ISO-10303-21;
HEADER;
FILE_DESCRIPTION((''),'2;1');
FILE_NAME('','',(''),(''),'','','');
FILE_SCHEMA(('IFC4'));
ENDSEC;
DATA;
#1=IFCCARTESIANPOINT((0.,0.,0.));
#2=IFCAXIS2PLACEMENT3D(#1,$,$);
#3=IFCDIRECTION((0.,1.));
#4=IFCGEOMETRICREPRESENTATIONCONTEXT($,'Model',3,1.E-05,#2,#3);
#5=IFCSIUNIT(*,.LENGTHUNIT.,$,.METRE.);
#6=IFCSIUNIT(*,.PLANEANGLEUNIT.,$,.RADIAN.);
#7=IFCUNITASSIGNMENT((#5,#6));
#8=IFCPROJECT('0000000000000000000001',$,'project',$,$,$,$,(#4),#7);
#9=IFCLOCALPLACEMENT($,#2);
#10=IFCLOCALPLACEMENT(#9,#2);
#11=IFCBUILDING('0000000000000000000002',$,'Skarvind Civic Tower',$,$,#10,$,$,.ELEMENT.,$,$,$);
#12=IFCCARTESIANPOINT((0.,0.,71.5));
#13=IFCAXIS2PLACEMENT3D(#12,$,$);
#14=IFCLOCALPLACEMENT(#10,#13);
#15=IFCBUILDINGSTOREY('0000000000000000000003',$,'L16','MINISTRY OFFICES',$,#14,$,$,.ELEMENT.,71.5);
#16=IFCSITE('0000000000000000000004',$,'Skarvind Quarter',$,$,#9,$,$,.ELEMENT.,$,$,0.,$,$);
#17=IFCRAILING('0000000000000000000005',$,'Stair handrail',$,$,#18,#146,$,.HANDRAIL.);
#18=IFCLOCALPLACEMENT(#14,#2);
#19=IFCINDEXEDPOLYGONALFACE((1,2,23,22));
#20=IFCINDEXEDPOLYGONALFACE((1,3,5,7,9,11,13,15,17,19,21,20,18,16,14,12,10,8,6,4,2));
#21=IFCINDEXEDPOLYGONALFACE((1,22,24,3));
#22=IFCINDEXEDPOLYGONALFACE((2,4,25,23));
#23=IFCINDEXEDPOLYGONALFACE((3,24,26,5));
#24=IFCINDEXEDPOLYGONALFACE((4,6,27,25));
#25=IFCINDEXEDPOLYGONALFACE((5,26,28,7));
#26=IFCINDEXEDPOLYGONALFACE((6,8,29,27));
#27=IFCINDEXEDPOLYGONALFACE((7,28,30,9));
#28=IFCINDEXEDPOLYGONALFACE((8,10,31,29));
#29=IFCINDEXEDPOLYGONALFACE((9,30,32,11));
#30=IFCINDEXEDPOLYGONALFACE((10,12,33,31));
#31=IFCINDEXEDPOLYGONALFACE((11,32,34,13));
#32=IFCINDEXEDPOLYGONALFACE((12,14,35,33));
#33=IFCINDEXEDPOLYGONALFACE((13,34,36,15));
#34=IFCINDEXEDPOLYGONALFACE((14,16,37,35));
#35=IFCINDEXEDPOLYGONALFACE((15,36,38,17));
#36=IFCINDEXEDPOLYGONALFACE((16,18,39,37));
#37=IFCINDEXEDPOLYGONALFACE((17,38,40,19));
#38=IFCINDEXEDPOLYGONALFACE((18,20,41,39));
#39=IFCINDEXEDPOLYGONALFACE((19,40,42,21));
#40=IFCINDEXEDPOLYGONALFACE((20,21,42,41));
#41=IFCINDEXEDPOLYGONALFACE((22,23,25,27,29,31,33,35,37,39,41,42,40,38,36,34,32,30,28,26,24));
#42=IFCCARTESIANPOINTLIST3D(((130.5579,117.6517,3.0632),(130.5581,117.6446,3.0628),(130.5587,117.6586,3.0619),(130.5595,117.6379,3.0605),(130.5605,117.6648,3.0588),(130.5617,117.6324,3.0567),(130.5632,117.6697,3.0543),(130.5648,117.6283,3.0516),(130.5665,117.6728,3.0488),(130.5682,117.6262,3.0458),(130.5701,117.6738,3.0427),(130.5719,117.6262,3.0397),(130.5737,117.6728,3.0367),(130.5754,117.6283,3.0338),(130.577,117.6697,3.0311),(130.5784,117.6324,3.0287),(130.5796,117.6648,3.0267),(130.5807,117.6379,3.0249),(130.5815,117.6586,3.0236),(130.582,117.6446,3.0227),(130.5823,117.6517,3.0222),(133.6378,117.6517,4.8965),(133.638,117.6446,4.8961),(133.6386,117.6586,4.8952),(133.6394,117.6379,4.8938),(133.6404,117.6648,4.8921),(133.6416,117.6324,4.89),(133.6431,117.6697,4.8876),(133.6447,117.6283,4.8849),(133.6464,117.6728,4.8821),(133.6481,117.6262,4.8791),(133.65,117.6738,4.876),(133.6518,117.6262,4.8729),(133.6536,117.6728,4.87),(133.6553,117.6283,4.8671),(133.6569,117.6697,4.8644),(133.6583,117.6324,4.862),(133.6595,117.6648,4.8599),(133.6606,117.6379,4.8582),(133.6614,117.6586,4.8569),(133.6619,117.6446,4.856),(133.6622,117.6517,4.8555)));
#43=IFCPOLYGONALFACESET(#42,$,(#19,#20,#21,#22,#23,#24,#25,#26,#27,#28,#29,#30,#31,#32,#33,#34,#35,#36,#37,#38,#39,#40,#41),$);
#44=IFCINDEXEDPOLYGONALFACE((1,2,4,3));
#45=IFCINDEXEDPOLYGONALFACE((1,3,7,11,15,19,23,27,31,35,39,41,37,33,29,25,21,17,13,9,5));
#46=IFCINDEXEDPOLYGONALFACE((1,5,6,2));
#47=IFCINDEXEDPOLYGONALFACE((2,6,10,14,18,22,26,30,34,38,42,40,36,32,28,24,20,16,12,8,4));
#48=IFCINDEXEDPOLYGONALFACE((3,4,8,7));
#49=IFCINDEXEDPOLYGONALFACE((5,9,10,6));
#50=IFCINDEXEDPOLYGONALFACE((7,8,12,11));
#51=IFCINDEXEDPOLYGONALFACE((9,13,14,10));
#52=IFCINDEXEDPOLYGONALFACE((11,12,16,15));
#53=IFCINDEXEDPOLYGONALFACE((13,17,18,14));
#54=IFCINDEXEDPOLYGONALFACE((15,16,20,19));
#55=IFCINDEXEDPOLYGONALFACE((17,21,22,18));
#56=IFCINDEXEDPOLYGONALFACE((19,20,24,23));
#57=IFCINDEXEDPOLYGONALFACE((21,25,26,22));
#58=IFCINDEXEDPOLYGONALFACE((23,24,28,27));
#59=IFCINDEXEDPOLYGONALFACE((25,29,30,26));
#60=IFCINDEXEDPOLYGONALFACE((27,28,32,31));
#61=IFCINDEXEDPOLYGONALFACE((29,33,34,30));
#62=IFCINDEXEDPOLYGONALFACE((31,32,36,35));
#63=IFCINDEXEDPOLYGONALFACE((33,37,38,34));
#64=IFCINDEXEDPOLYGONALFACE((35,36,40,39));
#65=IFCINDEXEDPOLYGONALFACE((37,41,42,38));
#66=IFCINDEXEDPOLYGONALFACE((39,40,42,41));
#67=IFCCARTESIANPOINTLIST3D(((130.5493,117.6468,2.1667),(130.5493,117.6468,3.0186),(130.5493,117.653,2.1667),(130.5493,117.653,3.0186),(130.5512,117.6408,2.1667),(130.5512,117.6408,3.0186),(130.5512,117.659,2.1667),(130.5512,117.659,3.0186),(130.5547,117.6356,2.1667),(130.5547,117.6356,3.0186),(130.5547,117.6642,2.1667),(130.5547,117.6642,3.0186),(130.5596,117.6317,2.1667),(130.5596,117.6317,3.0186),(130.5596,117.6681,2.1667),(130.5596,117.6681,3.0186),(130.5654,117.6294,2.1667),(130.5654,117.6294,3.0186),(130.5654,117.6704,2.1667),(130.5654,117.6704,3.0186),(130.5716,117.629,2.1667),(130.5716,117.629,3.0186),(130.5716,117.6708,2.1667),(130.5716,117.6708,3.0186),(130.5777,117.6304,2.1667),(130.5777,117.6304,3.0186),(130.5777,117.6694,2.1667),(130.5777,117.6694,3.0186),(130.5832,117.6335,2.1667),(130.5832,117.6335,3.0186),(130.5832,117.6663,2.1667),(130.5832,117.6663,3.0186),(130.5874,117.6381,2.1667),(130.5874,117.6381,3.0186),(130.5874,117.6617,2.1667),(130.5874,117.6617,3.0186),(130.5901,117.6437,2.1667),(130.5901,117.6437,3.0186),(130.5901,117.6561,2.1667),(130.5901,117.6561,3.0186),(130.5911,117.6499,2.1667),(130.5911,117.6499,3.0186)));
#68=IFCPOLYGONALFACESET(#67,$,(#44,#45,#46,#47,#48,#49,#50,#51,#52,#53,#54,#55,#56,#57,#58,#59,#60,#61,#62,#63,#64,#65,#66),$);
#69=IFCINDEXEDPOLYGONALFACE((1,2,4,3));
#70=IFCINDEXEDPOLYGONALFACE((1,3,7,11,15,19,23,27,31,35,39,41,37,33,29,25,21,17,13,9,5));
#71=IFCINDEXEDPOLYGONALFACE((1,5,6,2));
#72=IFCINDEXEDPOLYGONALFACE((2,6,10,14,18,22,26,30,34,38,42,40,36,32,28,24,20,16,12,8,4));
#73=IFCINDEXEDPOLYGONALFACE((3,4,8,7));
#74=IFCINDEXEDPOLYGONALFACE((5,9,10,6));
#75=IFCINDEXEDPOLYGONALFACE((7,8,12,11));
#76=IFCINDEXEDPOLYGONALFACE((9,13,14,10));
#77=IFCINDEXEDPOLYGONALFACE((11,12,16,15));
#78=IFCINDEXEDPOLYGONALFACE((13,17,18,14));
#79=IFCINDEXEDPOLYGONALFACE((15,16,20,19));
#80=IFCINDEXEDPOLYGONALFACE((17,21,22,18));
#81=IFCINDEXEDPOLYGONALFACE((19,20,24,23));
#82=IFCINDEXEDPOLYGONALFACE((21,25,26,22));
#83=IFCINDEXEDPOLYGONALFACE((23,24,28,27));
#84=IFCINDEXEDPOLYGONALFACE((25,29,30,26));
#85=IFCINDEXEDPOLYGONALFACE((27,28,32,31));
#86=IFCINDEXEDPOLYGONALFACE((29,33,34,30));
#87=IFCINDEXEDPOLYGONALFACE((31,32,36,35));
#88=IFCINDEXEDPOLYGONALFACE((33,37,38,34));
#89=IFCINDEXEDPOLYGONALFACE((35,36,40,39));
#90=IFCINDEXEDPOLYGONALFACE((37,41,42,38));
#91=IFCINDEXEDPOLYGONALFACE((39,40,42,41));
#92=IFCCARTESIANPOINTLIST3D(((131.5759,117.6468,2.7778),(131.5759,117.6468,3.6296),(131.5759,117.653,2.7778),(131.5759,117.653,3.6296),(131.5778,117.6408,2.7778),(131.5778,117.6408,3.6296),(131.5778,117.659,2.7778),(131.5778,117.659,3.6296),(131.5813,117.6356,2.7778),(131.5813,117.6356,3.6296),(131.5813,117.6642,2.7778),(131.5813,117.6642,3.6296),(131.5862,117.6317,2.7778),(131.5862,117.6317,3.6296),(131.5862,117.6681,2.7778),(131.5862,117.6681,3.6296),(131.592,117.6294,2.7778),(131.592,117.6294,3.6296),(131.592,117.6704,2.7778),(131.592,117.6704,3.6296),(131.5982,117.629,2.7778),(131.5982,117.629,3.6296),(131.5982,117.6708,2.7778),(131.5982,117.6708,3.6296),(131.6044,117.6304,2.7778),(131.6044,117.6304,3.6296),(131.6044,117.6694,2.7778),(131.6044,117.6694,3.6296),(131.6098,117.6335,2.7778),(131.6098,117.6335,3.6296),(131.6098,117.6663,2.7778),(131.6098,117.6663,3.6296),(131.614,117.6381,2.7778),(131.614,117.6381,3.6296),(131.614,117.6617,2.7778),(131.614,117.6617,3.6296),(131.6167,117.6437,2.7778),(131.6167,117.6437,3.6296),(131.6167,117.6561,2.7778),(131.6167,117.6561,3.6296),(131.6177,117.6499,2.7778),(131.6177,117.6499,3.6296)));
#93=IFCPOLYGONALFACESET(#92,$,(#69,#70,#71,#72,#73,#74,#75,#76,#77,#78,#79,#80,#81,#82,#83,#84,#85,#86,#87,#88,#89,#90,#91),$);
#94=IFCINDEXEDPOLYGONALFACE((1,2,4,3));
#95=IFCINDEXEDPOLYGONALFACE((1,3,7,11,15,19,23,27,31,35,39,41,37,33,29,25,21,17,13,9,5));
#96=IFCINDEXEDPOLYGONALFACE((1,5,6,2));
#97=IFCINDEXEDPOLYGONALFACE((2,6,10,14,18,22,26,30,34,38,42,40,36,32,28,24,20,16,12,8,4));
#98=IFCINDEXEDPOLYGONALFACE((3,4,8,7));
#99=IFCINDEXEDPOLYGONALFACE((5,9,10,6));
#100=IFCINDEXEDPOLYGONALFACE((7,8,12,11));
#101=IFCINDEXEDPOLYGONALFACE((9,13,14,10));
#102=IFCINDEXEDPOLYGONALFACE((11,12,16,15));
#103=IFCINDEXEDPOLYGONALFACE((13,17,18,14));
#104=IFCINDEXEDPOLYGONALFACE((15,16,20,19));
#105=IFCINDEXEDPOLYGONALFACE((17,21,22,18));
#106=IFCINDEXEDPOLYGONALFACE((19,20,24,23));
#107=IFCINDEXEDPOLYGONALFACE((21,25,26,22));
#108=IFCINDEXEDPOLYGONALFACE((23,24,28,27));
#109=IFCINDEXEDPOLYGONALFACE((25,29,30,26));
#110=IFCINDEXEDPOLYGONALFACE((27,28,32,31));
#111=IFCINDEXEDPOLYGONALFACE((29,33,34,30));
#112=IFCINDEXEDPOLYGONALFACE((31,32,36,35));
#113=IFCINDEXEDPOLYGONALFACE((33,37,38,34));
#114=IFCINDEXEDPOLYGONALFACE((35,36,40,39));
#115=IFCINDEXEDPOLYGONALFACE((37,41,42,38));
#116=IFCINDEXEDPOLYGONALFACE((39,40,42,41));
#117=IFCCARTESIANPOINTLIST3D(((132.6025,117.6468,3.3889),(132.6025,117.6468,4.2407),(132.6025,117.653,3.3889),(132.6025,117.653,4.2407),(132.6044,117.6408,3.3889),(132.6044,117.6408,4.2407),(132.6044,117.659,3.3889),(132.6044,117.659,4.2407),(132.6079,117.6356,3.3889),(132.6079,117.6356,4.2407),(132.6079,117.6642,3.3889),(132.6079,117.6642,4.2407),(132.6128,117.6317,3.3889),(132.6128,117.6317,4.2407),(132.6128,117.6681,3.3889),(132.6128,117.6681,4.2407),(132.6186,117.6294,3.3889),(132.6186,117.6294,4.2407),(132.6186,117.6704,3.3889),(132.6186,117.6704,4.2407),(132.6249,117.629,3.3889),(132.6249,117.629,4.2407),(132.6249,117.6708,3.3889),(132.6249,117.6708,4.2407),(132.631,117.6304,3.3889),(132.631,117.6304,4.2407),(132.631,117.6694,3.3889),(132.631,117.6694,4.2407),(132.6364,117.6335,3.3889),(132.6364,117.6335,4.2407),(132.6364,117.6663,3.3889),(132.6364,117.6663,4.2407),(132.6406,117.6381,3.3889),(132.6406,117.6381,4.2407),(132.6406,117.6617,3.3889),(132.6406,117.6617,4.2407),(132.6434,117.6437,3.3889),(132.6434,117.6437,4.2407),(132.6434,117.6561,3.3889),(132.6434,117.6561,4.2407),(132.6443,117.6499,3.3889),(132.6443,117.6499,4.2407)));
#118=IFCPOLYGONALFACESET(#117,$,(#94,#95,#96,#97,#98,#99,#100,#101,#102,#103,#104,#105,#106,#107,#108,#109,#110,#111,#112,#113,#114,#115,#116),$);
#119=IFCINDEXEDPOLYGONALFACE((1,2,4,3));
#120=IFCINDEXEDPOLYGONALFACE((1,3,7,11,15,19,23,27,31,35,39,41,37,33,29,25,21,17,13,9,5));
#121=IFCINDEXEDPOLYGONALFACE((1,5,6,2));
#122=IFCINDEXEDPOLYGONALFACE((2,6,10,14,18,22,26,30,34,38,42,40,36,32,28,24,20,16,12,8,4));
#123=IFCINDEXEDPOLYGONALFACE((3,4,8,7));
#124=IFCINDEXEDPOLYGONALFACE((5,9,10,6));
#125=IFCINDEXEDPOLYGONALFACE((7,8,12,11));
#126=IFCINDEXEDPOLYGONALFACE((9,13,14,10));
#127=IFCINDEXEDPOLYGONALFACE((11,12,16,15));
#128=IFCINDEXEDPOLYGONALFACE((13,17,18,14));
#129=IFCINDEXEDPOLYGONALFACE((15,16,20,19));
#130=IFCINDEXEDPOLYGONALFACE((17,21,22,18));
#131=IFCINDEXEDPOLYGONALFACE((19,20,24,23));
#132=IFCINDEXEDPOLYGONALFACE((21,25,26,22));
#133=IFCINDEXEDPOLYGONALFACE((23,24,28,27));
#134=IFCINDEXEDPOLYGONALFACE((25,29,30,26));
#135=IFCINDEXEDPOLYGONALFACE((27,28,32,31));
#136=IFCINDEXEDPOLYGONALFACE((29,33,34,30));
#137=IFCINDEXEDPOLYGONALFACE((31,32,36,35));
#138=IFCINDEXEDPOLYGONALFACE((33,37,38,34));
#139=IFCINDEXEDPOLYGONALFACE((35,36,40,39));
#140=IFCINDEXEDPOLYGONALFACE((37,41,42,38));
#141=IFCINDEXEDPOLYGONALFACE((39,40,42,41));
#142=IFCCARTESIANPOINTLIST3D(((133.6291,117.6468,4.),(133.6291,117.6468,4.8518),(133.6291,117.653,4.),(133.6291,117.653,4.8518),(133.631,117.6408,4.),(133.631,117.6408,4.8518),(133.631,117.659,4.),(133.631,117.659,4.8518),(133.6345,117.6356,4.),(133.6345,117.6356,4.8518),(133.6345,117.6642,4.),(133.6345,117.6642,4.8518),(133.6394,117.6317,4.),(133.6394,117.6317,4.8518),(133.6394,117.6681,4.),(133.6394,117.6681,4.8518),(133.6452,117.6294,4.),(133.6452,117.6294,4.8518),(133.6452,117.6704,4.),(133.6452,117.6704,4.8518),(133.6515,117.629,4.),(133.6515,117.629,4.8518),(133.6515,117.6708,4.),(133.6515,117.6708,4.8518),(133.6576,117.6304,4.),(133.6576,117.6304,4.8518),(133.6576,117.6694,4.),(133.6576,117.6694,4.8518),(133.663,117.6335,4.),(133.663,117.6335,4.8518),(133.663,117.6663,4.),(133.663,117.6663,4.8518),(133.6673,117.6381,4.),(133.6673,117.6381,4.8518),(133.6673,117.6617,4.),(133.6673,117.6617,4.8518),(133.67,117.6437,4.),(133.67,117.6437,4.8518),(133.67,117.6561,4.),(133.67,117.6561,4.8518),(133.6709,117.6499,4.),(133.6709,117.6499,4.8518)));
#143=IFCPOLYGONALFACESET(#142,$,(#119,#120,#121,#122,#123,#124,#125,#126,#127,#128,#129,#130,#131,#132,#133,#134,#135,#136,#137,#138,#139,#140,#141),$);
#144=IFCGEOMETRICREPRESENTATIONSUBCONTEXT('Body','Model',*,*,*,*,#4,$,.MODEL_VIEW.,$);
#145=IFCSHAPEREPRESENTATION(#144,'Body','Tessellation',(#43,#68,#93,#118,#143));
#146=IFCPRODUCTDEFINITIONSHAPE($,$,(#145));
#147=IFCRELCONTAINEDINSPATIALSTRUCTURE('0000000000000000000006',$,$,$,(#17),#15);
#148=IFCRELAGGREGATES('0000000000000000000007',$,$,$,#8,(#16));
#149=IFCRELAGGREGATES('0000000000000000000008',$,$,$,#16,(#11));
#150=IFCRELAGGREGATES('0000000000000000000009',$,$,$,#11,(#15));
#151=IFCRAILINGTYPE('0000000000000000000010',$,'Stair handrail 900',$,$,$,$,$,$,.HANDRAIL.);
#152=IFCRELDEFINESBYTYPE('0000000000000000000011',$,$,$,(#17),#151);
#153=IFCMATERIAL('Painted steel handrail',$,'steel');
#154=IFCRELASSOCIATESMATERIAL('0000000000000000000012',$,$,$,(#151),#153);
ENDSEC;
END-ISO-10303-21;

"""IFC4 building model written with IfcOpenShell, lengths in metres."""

from ifc_helpers import new_model, si_unit, direction, frame, origin, origin_2d, place, context, subcontext, project, spatial, circle, extrude, material, type_object, element, save


model = new_model("IFC4")

# Units and contexts
model_context = context("Model", 3, precision=1e-05, world=origin(), true_north=direction((0.0, 1.0)))
body_context = subcontext(model_context, "Body", "Model", "MODEL_VIEW")
ifc_project = project(units=[si_unit("LENGTHUNIT", "METRE"), si_unit("PLANEANGLEUNIT", "RADIAN")], contexts=[model_context])

# Site, building, storey
site_placement = place(None, origin())
site = spatial("IfcSite", under=ifc_project, at=site_placement, Name="Skarvind Quarter", CompositionType="ELEMENT", RefElevation=0.0)
building_placement = place(site_placement, origin())
building = spatial("IfcBuilding", under=site, at=building_placement, Name="Skarvind Civic Tower", CompositionType="ELEMENT")
storey_placement = place(building_placement, frame((0.0, 0.0, 71.5)))
storey = spatial("IfcBuildingStorey", under=building, at=storey_placement, Name="L16", Description="MINISTRY OFFICES", CompositionType="ELEMENT", Elevation=71.5)

# Railing
ifc_material_1 = material(Name="Painted steel handrail", Category="steel")
railing_type = type_object("IfcRailingType", Name="Stair handrail 900", PredefinedType="HANDRAIL", material=ifc_material_1)
railing_1_placement = place(storey_placement, frame((130.5701, 117.6499, 2.1667)))
element("IfcRailing", 1, at=railing_1_placement, inside=storey, type_object=railing_type, Name="Stair handrail", PredefinedType="HANDRAIL", context=body_context, shape_type="SweptSolid", body=[
    extrude(circle(Radius=0.0239, at=origin_2d()), frame((0.0, 0.0, 0.876), z_axis=(0.859291, 0.0, 0.511487), x_axis=(0.0, 1.0, 0.0)), (0.0, 0.0, 1.0), 3.5842),
    extrude(circle(Radius=0.021, at=origin_2d()), origin(), (0.0, 0.0, 1.0), 0.8518),
    extrude(circle(Radius=0.021, at=origin_2d()), frame((1.0266, 0.0, 0.6111)), (0.0, 0.0, 1.0), 0.8518),
    extrude(circle(Radius=0.021, at=origin_2d()), frame((2.0532, 0.0, 1.2222)), (0.0, 0.0, 1.0), 0.8518),
    extrude(circle(Radius=0.021, at=origin_2d()), frame((3.0798, 0.0, 1.8333)), (0.0, 0.0, 1.0), 0.8518),
])

save(model, "model.ifc")
